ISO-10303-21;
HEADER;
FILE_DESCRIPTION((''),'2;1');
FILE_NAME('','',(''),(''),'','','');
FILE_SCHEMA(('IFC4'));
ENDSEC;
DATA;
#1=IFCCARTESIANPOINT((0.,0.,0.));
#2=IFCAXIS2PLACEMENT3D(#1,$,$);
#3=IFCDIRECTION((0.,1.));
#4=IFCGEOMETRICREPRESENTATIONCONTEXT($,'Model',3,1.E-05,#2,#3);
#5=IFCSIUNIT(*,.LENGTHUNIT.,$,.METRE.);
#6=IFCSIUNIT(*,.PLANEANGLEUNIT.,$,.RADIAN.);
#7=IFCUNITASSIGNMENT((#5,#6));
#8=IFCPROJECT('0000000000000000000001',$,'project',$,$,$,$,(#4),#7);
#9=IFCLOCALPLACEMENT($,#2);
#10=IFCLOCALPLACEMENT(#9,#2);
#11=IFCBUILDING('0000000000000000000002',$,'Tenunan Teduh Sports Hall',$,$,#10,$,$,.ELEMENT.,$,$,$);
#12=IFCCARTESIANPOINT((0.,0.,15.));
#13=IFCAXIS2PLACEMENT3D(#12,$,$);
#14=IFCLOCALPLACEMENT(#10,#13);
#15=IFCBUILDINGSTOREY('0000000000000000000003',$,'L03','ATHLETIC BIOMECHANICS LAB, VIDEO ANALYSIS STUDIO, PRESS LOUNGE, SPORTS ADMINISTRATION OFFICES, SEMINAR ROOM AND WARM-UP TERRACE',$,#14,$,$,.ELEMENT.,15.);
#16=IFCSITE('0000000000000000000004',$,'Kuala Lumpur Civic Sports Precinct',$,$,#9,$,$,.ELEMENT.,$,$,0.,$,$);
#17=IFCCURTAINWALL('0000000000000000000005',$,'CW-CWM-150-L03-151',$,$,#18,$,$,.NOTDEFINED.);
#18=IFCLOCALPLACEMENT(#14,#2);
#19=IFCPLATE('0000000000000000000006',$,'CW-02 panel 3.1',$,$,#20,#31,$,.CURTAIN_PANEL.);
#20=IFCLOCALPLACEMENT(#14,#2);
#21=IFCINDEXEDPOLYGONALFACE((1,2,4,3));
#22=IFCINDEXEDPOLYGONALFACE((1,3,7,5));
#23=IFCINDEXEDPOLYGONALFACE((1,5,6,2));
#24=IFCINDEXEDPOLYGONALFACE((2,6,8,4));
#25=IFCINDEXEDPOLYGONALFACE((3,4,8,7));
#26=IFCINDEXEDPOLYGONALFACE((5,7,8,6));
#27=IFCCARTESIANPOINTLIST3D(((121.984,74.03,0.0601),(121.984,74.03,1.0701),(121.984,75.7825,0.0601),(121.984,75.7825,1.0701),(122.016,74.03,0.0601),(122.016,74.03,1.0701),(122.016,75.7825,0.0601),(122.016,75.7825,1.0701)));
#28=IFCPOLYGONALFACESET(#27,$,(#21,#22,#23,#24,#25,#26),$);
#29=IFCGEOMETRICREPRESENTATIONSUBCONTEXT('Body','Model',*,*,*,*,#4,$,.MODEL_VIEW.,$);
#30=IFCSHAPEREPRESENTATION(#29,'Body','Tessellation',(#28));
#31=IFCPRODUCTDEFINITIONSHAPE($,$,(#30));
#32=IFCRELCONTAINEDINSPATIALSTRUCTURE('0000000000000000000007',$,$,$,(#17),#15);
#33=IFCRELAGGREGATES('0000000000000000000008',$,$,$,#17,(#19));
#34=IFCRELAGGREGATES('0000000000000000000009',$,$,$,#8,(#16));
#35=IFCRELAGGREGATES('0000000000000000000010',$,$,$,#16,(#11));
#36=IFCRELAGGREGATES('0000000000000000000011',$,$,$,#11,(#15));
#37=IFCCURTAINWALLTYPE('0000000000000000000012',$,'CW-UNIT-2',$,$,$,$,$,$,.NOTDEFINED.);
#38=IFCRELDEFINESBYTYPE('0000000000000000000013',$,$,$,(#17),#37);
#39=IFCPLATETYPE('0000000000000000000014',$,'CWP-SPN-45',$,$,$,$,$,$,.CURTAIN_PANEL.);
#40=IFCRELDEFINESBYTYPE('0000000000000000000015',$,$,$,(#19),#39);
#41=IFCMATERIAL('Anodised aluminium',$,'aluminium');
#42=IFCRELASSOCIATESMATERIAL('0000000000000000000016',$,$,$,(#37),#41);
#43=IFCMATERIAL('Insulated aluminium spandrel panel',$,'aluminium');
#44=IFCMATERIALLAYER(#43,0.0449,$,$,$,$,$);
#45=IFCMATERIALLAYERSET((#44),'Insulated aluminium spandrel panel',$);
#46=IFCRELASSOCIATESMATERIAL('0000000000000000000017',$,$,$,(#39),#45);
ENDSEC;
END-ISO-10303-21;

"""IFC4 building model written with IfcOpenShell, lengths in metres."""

from ifc_helpers import new_model, si_unit, direction, frame, origin, origin_2d, place, context, subcontext, project, spatial, rectangle, extrude, material, layer, layer_set, type_object, element, aggregate, save


model = new_model("IFC4")

# Units and contexts
model_context = context("Model", 3, precision=1e-05, world=origin(), true_north=direction((0.0, 1.0)))
body_context = subcontext(model_context, "Body", "Model", "MODEL_VIEW")
ifc_project = project(units=[si_unit("LENGTHUNIT", "METRE"), si_unit("PLANEANGLEUNIT", "RADIAN")], contexts=[model_context])

# Site, building, storey
site_placement = place(None, origin())
site = spatial("IfcSite", under=ifc_project, at=site_placement, Name="Kuala Lumpur Civic Sports Precinct", CompositionType="ELEMENT", RefElevation=0.0)
building_placement = place(site_placement, origin())
building = spatial("IfcBuilding", under=site, at=building_placement, Name="Tenunan Teduh Sports Hall", CompositionType="ELEMENT")
storey_placement = place(building_placement, frame((0.0, 0.0, 15.0)))
storey = spatial("IfcBuildingStorey", under=building, at=storey_placement, Name="L03", Description="ATHLETIC BIOMECHANICS LAB, VIDEO ANALYSIS STUDIO, PRESS LOUNGE, SPORTS ADMINISTRATION OFFICES, SEMINAR ROOM AND WARM-UP TERRACE", CompositionType="ELEMENT", Elevation=15.0)

# Curtain wall
ifc_material_1 = material(Name="Anodised aluminium", Category="aluminium")
curtain_wall_type_1 = type_object("IfcCurtainWallType", Name="CW-UNIT-2", PredefinedType="NOTDEFINED", material=ifc_material_1)
curtain_wall_1_placement = place(storey_placement, origin())
curtain_wall_1 = element("IfcCurtainWall", 1, at=curtain_wall_1_placement, inside=storey, type_object=curtain_wall_type_1, Name="CW-CWM-150-L03-151", PredefinedType="NOTDEFINED")

# Plate
ifc_material_2 = material(Name="Insulated aluminium spandrel panel", Category="aluminium")
ifc_layer_1 = layer(ifc_material_2, 0.0449)
ifc_layer_set_1 = layer_set([ifc_layer_1], Name="Insulated aluminium spandrel panel")
plate_type_1 = type_object("IfcPlateType", Name="CWP-SPN-45", PredefinedType="CURTAIN_PANEL", material=ifc_layer_set_1)
plate_1_placement = place(storey_placement, frame((122.0, 74.9062, 0.0601), z_axis=(0.0, 0.0, 1.0), x_axis=(0.0, 1.0, 0.0)))
plate_1 = element("IfcPlate", 2, at=plate_1_placement, type_object=plate_type_1, Name="CW-02 panel 3.1", PredefinedType="CURTAIN_PANEL", context=body_context, shape_type="SweptSolid", body=[
    extrude(rectangle(XDim=1.7524, YDim=0.032, at=origin_2d()), origin(), (0.0, 0.0, 1.0), 1.01),
])
aggregate(curtain_wall_1, [plate_1])

save(model, "model.ifc")
